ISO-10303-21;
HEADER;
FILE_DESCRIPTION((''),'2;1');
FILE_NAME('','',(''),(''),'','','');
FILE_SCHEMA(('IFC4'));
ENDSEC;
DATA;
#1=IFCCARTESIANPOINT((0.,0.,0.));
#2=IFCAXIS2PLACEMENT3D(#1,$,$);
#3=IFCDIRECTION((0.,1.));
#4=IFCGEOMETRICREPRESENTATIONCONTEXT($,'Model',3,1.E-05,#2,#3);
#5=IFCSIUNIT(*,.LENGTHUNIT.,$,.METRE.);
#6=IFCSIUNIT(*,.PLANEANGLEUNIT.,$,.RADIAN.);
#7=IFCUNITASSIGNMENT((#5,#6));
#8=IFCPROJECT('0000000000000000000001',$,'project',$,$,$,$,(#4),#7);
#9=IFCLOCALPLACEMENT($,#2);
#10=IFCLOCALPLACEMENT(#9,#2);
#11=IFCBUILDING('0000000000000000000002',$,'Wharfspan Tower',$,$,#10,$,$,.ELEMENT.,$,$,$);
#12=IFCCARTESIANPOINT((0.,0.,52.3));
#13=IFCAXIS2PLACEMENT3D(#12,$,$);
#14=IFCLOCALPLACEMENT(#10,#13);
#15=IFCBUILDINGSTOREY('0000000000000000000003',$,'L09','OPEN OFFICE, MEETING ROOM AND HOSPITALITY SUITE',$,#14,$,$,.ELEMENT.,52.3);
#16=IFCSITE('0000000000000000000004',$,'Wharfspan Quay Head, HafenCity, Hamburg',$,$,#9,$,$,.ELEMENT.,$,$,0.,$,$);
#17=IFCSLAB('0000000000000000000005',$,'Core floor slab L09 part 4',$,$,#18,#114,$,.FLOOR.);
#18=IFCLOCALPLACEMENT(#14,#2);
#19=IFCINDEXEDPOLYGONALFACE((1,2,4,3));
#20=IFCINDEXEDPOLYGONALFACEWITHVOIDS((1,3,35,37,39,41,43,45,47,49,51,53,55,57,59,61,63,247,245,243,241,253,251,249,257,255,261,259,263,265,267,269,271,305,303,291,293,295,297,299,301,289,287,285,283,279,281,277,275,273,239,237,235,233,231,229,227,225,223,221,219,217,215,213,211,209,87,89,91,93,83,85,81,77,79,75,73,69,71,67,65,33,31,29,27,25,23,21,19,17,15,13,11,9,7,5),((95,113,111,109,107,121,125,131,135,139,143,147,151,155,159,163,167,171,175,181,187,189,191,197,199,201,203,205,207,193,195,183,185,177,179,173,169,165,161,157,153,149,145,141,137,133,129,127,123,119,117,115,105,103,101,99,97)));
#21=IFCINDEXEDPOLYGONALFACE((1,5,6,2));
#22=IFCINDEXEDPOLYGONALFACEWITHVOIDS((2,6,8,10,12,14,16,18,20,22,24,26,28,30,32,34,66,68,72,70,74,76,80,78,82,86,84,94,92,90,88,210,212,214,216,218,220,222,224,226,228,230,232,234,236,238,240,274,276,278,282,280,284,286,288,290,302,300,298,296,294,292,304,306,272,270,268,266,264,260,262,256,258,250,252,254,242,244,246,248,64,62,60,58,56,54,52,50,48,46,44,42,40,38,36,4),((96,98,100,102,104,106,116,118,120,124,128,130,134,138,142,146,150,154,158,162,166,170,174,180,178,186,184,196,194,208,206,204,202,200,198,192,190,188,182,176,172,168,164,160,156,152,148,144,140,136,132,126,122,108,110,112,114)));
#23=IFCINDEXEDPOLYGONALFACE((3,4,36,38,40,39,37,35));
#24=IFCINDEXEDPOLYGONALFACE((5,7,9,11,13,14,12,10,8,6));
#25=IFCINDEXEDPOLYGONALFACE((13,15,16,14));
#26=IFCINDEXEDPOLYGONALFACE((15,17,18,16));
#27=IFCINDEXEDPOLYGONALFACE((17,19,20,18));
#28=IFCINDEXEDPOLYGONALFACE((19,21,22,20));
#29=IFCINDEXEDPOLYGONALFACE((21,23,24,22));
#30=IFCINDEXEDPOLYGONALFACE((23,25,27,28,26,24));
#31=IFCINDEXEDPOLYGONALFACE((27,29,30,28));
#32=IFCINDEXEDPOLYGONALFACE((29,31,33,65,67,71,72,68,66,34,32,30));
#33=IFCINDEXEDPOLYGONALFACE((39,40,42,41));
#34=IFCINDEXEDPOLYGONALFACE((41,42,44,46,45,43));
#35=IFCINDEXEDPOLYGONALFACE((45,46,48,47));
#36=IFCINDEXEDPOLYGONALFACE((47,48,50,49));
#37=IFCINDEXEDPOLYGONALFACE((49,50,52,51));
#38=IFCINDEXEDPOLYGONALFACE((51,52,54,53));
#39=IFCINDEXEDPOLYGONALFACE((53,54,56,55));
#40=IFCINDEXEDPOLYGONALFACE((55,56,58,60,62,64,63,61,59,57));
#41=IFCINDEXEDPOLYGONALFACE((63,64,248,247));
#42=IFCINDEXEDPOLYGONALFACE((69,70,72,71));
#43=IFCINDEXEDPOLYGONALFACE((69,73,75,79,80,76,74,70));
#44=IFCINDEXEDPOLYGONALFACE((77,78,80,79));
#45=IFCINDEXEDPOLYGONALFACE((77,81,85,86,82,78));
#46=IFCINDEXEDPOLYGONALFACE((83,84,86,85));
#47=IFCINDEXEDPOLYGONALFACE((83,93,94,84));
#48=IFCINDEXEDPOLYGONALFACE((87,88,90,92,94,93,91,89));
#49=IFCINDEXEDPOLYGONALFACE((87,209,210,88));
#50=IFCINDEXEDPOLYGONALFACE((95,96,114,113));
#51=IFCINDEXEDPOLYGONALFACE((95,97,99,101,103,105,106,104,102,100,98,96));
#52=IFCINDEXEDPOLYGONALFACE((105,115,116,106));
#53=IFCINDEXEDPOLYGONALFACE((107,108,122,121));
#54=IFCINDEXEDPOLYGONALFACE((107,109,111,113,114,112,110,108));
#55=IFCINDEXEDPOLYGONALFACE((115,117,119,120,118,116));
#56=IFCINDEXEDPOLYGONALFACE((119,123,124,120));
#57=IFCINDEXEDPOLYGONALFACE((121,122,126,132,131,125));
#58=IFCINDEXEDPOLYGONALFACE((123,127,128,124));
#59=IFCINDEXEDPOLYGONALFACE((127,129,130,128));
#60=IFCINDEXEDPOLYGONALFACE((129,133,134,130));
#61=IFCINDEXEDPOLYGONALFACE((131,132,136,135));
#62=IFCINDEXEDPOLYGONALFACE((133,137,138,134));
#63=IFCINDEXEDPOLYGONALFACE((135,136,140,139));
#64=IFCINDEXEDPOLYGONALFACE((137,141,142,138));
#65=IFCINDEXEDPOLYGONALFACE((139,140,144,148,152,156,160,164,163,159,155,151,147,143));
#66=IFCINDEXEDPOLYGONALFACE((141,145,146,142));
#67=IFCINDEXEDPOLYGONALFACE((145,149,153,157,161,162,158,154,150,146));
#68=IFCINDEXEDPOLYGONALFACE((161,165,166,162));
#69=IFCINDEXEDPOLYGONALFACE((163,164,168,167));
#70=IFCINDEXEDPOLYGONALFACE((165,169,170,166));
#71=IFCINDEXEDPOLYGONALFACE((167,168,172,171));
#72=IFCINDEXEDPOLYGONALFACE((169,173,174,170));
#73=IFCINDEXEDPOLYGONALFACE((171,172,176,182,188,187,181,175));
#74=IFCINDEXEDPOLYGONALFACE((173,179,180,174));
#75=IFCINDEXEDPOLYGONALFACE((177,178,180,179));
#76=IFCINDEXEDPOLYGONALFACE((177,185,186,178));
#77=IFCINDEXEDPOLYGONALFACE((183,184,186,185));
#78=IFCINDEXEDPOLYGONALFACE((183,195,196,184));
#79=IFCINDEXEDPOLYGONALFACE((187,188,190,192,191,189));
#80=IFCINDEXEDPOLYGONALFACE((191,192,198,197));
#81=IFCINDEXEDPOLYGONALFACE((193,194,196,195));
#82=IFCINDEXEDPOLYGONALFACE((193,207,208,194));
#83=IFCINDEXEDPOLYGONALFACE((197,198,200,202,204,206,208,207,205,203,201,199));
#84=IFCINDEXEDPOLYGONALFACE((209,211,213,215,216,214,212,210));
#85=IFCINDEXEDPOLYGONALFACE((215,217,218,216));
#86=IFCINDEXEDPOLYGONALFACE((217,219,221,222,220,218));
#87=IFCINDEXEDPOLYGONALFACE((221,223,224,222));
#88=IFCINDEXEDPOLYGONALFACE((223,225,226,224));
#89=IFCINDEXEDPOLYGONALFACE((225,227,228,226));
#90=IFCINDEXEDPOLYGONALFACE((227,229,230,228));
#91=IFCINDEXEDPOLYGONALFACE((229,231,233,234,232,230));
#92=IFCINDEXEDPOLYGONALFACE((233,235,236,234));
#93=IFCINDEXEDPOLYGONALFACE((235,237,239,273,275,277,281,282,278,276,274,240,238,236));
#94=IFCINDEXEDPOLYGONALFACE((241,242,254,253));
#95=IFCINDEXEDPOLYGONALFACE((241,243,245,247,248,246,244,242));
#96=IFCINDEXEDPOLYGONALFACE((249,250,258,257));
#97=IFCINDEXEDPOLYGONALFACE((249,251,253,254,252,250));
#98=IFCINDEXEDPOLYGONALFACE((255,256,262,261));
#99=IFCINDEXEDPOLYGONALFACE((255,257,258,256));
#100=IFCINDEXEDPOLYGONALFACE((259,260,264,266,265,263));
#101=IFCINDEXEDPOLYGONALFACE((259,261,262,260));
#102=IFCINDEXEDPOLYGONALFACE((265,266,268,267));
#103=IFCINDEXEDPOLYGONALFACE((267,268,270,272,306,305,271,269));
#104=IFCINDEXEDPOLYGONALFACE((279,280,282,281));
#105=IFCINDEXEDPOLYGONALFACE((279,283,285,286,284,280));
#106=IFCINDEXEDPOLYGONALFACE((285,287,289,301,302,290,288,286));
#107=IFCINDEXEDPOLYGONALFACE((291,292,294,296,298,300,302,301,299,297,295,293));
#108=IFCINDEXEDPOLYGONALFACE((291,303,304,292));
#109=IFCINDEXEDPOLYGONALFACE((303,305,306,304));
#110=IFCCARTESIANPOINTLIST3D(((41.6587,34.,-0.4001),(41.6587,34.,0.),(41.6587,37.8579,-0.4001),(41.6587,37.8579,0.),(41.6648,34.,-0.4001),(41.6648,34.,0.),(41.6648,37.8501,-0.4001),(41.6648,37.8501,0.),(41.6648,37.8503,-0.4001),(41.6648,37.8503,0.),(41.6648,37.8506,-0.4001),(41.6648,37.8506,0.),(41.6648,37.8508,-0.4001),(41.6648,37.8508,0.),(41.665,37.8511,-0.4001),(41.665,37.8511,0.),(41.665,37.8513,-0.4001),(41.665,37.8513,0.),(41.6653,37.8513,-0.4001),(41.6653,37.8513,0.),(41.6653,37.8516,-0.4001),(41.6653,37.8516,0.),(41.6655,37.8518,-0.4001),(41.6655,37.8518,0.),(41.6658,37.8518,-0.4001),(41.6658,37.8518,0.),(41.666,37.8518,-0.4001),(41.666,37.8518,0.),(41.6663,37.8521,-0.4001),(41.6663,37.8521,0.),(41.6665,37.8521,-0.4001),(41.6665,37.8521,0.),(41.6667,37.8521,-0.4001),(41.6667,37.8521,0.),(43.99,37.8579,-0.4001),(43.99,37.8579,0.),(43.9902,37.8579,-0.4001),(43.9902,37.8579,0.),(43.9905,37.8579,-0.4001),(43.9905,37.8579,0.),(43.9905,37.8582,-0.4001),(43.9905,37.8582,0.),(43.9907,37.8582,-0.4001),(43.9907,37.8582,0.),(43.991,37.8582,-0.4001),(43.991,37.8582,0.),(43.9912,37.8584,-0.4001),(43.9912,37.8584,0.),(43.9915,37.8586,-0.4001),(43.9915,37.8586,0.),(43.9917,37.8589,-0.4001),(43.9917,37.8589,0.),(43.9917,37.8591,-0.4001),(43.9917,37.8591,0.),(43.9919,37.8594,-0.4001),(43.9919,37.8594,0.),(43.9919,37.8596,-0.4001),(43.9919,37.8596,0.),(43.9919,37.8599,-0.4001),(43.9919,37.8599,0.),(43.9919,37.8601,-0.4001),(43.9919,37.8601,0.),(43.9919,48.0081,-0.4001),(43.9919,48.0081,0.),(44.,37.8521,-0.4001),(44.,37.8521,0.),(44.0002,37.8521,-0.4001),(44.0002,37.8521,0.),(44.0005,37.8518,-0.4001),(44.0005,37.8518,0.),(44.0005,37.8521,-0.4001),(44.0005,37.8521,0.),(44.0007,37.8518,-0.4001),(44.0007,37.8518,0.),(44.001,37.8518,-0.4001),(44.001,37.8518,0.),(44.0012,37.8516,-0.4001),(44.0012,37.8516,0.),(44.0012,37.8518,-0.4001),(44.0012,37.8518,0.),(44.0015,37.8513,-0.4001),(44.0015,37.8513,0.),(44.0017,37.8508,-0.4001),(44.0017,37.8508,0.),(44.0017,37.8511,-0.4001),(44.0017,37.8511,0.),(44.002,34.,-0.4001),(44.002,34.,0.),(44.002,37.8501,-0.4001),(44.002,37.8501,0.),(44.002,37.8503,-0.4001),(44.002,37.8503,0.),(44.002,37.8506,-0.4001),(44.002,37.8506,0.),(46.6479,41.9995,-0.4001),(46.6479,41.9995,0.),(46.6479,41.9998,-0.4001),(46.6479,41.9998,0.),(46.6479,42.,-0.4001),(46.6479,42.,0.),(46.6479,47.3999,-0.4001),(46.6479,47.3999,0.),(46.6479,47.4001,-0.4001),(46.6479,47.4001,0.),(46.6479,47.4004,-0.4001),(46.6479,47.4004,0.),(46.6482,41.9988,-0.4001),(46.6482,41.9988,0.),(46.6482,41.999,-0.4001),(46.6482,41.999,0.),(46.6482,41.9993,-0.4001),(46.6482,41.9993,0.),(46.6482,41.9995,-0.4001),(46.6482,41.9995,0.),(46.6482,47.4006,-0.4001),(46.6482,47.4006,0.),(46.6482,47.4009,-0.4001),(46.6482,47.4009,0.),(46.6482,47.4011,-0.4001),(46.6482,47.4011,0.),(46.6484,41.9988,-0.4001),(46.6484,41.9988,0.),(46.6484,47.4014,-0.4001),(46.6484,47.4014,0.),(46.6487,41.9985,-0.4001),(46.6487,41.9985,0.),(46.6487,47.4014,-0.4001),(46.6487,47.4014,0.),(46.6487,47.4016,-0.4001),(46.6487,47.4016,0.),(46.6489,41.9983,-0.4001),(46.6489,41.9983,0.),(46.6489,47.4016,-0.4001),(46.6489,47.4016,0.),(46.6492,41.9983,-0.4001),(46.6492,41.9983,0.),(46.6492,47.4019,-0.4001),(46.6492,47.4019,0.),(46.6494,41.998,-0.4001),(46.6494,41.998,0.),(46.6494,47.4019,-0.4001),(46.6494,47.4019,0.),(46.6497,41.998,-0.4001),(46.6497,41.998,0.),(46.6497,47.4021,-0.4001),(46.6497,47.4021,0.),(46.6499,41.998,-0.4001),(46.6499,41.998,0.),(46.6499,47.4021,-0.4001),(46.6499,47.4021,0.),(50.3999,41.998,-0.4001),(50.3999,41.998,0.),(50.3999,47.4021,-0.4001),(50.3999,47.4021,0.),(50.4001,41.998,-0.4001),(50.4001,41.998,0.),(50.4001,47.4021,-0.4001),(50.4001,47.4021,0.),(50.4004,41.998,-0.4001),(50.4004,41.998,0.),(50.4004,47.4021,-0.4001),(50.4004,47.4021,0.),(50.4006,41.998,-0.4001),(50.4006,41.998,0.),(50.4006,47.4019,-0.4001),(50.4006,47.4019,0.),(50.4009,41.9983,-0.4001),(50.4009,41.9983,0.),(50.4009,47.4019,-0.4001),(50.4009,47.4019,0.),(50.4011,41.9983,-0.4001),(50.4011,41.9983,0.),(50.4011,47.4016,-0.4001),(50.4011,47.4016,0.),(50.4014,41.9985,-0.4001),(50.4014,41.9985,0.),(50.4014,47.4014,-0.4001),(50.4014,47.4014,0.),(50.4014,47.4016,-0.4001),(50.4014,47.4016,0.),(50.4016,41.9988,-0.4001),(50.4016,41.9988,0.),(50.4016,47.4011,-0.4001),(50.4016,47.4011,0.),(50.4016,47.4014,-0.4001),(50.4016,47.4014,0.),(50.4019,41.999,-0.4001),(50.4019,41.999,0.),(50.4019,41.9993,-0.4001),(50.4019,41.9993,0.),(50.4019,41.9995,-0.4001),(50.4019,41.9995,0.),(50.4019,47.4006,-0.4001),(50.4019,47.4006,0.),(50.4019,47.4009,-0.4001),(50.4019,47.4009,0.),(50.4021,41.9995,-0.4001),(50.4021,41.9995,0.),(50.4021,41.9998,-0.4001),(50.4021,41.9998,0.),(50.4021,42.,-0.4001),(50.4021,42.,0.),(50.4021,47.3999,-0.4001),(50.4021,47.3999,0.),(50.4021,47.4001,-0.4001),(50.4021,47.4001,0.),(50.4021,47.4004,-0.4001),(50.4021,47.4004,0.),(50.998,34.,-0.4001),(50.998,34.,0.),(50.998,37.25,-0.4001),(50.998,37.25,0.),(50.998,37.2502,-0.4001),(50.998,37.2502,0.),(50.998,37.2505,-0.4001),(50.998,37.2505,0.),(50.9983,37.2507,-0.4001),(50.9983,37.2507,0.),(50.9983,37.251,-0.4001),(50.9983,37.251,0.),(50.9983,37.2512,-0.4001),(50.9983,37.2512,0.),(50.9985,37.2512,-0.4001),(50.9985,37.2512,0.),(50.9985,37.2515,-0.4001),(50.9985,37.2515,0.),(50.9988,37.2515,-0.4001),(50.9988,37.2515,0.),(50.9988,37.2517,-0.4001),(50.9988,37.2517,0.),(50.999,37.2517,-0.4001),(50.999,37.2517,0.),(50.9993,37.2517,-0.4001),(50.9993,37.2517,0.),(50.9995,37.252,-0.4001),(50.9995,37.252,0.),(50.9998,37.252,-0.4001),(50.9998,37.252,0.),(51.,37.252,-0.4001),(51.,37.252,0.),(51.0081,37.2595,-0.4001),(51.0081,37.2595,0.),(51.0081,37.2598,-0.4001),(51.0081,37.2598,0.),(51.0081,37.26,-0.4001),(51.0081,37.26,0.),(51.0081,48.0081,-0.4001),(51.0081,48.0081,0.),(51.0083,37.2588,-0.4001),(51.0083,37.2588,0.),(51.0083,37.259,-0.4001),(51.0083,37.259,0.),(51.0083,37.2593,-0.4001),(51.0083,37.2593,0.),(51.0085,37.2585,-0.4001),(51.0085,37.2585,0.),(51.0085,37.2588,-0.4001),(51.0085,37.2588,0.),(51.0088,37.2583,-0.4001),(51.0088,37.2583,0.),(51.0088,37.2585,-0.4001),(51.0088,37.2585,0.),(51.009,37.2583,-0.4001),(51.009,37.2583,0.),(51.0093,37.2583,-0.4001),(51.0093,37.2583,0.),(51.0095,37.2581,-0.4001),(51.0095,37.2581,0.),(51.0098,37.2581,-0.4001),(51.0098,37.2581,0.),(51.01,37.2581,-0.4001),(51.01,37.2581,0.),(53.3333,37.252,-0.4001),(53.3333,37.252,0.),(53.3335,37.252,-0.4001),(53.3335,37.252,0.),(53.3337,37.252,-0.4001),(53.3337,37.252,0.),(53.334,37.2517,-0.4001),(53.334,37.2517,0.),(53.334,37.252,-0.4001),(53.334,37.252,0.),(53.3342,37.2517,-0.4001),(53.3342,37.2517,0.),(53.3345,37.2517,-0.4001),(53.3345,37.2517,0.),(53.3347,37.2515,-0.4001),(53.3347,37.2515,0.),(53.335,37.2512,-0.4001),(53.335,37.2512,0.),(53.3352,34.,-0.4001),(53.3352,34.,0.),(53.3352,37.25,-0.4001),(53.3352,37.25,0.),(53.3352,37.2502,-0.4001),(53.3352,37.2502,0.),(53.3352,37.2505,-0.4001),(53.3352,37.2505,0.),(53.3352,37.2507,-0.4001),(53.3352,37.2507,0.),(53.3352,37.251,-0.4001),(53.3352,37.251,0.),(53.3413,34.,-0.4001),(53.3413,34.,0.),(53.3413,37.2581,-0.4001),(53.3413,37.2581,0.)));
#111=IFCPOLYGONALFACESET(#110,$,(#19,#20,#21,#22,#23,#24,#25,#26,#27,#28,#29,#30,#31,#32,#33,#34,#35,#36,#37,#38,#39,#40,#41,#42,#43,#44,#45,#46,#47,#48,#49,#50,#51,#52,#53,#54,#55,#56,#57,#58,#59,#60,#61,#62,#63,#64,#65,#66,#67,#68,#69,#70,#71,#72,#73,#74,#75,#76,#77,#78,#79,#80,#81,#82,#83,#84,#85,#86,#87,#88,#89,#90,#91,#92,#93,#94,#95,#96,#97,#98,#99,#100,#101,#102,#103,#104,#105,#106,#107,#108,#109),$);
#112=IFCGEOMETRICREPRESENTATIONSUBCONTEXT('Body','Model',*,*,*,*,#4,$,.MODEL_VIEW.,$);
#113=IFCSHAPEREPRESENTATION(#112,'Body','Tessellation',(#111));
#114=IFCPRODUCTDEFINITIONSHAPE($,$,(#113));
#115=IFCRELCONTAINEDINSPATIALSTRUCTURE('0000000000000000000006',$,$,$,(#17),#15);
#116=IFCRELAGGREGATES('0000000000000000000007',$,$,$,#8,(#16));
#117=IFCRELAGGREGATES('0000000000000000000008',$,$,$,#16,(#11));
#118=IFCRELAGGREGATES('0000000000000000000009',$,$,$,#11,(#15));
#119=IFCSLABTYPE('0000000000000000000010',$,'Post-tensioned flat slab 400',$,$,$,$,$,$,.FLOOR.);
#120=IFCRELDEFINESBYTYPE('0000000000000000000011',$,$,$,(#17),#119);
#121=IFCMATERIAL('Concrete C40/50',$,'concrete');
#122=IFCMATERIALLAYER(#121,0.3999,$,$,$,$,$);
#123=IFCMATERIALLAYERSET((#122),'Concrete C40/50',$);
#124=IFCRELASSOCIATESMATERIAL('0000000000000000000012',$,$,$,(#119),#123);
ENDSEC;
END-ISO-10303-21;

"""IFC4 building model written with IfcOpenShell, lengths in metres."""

from ifc_helpers import new_model, si_unit, direction, frame, origin, place, context, subcontext, project, spatial, polyline, outline, extrude, material, layer, layer_set, type_object, element, save


model = new_model("IFC4")

# Units and contexts
model_context = context("Model", 3, precision=1e-05, world=origin(), true_north=direction((0.0, 1.0)))
body_context = subcontext(model_context, "Body", "Model", "MODEL_VIEW")
ifc_project = project(units=[si_unit("LENGTHUNIT", "METRE"), si_unit("PLANEANGLEUNIT", "RADIAN")], contexts=[model_context])

# Site, building, storey
site_placement = place(None, origin())
site = spatial("IfcSite", under=ifc_project, at=site_placement, Name="Wharfspan Quay Head, HafenCity, Hamburg", CompositionType="ELEMENT", RefElevation=0.0)
building_placement = place(site_placement, origin())
building = spatial("IfcBuilding", under=site, at=building_placement, Name="Wharfspan Tower", CompositionType="ELEMENT")
storey_placement = place(building_placement, frame((0.0, 0.0, 52.3)))
storey = spatial("IfcBuildingStorey", under=building, at=storey_placement, Name="L09", Description="OPEN OFFICE, MEETING ROOM AND HOSPITALITY SUITE", CompositionType="ELEMENT", Elevation=52.3)

# Slab
ifc_material_1 = material(Name="Concrete C40/50", Category="concrete")
ifc_layer_1 = layer(ifc_material_1, 0.3999)
ifc_layer_set_1 = layer_set([ifc_layer_1], Name="Concrete C40/50")
slab_type = type_object("IfcSlabType", Name="Post-tensioned flat slab 400", PredefinedType="FLOOR", material=ifc_layer_set_1)
slab_1_placement = place(storey_placement, frame((0.0, 0.0, -0.4001)))
element("IfcSlab", 1, at=slab_1_placement, inside=storey, type_object=slab_type, Name="Core floor slab L09 part 4", PredefinedType="FLOOR", context=body_context, shape_type="SweptSolid", body=[
    extrude(outline(polyline([(53.3413, 34.0), (53.3413, 37.2581), (51.01, 37.2581), (51.0098, 37.2581), (51.0095, 37.2581), (51.0095, 37.2581), (51.0093, 37.2583), (51.009, 37.2583), (51.0088, 37.2583), (51.0088, 37.2585), (51.0085, 37.2585), (51.0085, 37.2588), (51.0083, 37.2588), (51.0083, 37.259), (51.0083, 37.2593), (51.0081, 37.2595), (51.0081, 37.2595), (51.0081, 37.2598), (51.0081, 37.26), (51.0081, 48.0081), (43.9919, 48.0081), (43.9919, 37.8601), (43.9919, 37.8599), (43.9919, 37.8596), (43.9919, 37.8594), (43.9917, 37.8591), (43.9917, 37.8591), (43.9917, 37.8589), (43.9915, 37.8586), (43.9915, 37.8586), (43.9912, 37.8584), (43.9912, 37.8584), (43.991, 37.8582), (43.9907, 37.8582), (43.9905, 37.8582), (43.9905, 37.8579), (43.9902, 37.8579), (43.99, 37.8579), (41.6587, 37.8579), (41.6587, 34.0), (41.6648, 34.0), (41.6648, 37.8501), (41.6648, 37.8501), (41.6648, 37.8503), (41.6648, 37.8506), (41.6648, 37.8508), (41.6648, 37.8508), (41.665, 37.8511), (41.665, 37.8513), (41.6653, 37.8513), (41.6653, 37.8516), (41.6655, 37.8518), (41.6658, 37.8518), (41.666, 37.8518), (41.666, 37.8518), (41.6663, 37.8521), (41.6665, 37.8521), (41.6667, 37.8521), (44.0, 37.8521), (44.0002, 37.8521), (44.0005, 37.8521), (44.0005, 37.8518), (44.0007, 37.8518), (44.001, 37.8518), (44.0012, 37.8518), (44.0012, 37.8516), (44.0015, 37.8513), (44.0015, 37.8513), (44.0017, 37.8511), (44.0017, 37.8508), (44.0017, 37.8508), (44.002, 37.8506), (44.002, 37.8503), (44.002, 37.8501), (44.002, 37.8501), (44.002, 34.0), (50.998, 34.0), (50.998, 37.25), (50.998, 37.2502), (50.998, 37.2505), (50.998, 37.2505), (50.9983, 37.2507), (50.9983, 37.251), (50.9983, 37.2512), (50.9985, 37.2512), (50.9985, 37.2515), (50.9988, 37.2515), (50.9988, 37.2517), (50.999, 37.2517), (50.9993, 37.2517), (50.9995, 37.252), (50.9995, 37.252), (50.9998, 37.252), (51.0, 37.252), (53.3333, 37.252), (53.3335, 37.252), (53.3337, 37.252), (53.334, 37.252), (53.334, 37.2517), (53.3342, 37.2517), (53.3345, 37.2517), (53.3347, 37.2515), (53.3347, 37.2515), (53.335, 37.2512), (53.335, 37.2512), (53.3352, 37.251), (53.3352, 37.2507), (53.3352, 37.2505), (53.3352, 37.2505), (53.3352, 37.2502), (53.3352, 37.25), (53.3352, 34.0), (53.3413, 34.0)]), holes=[polyline([(46.6499, 41.998), (46.6499, 41.998), (46.6497, 41.998), (46.6494, 41.998), (46.6492, 41.9983), (46.6492, 41.9983), (46.6489, 41.9983), (46.6487, 41.9985), (46.6487, 41.9985), (46.6484, 41.9988), (46.6482, 41.9988), (46.6482, 41.999), (46.6482, 41.9993), (46.6482, 41.9995), (46.6479, 41.9995), (46.6479, 41.9998), (46.6479, 42.0), (46.6479, 47.3999), (46.6479, 47.4001), (46.6479, 47.4004), (46.6482, 47.4006), (46.6482, 47.4009), (46.6482, 47.4009), (46.6482, 47.4011), (46.6484, 47.4014), (46.6487, 47.4014), (46.6487, 47.4016), (46.6489, 47.4016), (46.6492, 47.4019), (46.6492, 47.4019), (46.6494, 47.4019), (46.6497, 47.4021), (46.6499, 47.4021), (46.6499, 47.4021), (50.3999, 47.4021), (50.4001, 47.4021), (50.4004, 47.4021), (50.4006, 47.4019), (50.4009, 47.4019), (50.4009, 47.4019), (50.4011, 47.4016), (50.4014, 47.4016), (50.4014, 47.4014), (50.4016, 47.4014), (50.4016, 47.4011), (50.4019, 47.4009), (50.4019, 47.4009), (50.4019, 47.4006), (50.4021, 47.4004), (50.4021, 47.4001), (50.4021, 47.3999), (50.4021, 42.0), (50.4021, 41.9998), (50.4021, 41.9995), (50.4019, 41.9995), (50.4019, 41.9993), (50.4019, 41.999), (50.4016, 41.9988), (50.4016, 41.9988), (50.4014, 41.9985), (50.4014, 41.9985), (50.4011, 41.9983), (50.4009, 41.9983), (50.4009, 41.9983), (50.4006, 41.998), (50.4004, 41.998), (50.4001, 41.998), (50.3999, 41.998), (46.6499, 41.998)])]), origin(), (0.0, 0.0, 1.0), 0.4001),
])

save(model, "model.ifc")
